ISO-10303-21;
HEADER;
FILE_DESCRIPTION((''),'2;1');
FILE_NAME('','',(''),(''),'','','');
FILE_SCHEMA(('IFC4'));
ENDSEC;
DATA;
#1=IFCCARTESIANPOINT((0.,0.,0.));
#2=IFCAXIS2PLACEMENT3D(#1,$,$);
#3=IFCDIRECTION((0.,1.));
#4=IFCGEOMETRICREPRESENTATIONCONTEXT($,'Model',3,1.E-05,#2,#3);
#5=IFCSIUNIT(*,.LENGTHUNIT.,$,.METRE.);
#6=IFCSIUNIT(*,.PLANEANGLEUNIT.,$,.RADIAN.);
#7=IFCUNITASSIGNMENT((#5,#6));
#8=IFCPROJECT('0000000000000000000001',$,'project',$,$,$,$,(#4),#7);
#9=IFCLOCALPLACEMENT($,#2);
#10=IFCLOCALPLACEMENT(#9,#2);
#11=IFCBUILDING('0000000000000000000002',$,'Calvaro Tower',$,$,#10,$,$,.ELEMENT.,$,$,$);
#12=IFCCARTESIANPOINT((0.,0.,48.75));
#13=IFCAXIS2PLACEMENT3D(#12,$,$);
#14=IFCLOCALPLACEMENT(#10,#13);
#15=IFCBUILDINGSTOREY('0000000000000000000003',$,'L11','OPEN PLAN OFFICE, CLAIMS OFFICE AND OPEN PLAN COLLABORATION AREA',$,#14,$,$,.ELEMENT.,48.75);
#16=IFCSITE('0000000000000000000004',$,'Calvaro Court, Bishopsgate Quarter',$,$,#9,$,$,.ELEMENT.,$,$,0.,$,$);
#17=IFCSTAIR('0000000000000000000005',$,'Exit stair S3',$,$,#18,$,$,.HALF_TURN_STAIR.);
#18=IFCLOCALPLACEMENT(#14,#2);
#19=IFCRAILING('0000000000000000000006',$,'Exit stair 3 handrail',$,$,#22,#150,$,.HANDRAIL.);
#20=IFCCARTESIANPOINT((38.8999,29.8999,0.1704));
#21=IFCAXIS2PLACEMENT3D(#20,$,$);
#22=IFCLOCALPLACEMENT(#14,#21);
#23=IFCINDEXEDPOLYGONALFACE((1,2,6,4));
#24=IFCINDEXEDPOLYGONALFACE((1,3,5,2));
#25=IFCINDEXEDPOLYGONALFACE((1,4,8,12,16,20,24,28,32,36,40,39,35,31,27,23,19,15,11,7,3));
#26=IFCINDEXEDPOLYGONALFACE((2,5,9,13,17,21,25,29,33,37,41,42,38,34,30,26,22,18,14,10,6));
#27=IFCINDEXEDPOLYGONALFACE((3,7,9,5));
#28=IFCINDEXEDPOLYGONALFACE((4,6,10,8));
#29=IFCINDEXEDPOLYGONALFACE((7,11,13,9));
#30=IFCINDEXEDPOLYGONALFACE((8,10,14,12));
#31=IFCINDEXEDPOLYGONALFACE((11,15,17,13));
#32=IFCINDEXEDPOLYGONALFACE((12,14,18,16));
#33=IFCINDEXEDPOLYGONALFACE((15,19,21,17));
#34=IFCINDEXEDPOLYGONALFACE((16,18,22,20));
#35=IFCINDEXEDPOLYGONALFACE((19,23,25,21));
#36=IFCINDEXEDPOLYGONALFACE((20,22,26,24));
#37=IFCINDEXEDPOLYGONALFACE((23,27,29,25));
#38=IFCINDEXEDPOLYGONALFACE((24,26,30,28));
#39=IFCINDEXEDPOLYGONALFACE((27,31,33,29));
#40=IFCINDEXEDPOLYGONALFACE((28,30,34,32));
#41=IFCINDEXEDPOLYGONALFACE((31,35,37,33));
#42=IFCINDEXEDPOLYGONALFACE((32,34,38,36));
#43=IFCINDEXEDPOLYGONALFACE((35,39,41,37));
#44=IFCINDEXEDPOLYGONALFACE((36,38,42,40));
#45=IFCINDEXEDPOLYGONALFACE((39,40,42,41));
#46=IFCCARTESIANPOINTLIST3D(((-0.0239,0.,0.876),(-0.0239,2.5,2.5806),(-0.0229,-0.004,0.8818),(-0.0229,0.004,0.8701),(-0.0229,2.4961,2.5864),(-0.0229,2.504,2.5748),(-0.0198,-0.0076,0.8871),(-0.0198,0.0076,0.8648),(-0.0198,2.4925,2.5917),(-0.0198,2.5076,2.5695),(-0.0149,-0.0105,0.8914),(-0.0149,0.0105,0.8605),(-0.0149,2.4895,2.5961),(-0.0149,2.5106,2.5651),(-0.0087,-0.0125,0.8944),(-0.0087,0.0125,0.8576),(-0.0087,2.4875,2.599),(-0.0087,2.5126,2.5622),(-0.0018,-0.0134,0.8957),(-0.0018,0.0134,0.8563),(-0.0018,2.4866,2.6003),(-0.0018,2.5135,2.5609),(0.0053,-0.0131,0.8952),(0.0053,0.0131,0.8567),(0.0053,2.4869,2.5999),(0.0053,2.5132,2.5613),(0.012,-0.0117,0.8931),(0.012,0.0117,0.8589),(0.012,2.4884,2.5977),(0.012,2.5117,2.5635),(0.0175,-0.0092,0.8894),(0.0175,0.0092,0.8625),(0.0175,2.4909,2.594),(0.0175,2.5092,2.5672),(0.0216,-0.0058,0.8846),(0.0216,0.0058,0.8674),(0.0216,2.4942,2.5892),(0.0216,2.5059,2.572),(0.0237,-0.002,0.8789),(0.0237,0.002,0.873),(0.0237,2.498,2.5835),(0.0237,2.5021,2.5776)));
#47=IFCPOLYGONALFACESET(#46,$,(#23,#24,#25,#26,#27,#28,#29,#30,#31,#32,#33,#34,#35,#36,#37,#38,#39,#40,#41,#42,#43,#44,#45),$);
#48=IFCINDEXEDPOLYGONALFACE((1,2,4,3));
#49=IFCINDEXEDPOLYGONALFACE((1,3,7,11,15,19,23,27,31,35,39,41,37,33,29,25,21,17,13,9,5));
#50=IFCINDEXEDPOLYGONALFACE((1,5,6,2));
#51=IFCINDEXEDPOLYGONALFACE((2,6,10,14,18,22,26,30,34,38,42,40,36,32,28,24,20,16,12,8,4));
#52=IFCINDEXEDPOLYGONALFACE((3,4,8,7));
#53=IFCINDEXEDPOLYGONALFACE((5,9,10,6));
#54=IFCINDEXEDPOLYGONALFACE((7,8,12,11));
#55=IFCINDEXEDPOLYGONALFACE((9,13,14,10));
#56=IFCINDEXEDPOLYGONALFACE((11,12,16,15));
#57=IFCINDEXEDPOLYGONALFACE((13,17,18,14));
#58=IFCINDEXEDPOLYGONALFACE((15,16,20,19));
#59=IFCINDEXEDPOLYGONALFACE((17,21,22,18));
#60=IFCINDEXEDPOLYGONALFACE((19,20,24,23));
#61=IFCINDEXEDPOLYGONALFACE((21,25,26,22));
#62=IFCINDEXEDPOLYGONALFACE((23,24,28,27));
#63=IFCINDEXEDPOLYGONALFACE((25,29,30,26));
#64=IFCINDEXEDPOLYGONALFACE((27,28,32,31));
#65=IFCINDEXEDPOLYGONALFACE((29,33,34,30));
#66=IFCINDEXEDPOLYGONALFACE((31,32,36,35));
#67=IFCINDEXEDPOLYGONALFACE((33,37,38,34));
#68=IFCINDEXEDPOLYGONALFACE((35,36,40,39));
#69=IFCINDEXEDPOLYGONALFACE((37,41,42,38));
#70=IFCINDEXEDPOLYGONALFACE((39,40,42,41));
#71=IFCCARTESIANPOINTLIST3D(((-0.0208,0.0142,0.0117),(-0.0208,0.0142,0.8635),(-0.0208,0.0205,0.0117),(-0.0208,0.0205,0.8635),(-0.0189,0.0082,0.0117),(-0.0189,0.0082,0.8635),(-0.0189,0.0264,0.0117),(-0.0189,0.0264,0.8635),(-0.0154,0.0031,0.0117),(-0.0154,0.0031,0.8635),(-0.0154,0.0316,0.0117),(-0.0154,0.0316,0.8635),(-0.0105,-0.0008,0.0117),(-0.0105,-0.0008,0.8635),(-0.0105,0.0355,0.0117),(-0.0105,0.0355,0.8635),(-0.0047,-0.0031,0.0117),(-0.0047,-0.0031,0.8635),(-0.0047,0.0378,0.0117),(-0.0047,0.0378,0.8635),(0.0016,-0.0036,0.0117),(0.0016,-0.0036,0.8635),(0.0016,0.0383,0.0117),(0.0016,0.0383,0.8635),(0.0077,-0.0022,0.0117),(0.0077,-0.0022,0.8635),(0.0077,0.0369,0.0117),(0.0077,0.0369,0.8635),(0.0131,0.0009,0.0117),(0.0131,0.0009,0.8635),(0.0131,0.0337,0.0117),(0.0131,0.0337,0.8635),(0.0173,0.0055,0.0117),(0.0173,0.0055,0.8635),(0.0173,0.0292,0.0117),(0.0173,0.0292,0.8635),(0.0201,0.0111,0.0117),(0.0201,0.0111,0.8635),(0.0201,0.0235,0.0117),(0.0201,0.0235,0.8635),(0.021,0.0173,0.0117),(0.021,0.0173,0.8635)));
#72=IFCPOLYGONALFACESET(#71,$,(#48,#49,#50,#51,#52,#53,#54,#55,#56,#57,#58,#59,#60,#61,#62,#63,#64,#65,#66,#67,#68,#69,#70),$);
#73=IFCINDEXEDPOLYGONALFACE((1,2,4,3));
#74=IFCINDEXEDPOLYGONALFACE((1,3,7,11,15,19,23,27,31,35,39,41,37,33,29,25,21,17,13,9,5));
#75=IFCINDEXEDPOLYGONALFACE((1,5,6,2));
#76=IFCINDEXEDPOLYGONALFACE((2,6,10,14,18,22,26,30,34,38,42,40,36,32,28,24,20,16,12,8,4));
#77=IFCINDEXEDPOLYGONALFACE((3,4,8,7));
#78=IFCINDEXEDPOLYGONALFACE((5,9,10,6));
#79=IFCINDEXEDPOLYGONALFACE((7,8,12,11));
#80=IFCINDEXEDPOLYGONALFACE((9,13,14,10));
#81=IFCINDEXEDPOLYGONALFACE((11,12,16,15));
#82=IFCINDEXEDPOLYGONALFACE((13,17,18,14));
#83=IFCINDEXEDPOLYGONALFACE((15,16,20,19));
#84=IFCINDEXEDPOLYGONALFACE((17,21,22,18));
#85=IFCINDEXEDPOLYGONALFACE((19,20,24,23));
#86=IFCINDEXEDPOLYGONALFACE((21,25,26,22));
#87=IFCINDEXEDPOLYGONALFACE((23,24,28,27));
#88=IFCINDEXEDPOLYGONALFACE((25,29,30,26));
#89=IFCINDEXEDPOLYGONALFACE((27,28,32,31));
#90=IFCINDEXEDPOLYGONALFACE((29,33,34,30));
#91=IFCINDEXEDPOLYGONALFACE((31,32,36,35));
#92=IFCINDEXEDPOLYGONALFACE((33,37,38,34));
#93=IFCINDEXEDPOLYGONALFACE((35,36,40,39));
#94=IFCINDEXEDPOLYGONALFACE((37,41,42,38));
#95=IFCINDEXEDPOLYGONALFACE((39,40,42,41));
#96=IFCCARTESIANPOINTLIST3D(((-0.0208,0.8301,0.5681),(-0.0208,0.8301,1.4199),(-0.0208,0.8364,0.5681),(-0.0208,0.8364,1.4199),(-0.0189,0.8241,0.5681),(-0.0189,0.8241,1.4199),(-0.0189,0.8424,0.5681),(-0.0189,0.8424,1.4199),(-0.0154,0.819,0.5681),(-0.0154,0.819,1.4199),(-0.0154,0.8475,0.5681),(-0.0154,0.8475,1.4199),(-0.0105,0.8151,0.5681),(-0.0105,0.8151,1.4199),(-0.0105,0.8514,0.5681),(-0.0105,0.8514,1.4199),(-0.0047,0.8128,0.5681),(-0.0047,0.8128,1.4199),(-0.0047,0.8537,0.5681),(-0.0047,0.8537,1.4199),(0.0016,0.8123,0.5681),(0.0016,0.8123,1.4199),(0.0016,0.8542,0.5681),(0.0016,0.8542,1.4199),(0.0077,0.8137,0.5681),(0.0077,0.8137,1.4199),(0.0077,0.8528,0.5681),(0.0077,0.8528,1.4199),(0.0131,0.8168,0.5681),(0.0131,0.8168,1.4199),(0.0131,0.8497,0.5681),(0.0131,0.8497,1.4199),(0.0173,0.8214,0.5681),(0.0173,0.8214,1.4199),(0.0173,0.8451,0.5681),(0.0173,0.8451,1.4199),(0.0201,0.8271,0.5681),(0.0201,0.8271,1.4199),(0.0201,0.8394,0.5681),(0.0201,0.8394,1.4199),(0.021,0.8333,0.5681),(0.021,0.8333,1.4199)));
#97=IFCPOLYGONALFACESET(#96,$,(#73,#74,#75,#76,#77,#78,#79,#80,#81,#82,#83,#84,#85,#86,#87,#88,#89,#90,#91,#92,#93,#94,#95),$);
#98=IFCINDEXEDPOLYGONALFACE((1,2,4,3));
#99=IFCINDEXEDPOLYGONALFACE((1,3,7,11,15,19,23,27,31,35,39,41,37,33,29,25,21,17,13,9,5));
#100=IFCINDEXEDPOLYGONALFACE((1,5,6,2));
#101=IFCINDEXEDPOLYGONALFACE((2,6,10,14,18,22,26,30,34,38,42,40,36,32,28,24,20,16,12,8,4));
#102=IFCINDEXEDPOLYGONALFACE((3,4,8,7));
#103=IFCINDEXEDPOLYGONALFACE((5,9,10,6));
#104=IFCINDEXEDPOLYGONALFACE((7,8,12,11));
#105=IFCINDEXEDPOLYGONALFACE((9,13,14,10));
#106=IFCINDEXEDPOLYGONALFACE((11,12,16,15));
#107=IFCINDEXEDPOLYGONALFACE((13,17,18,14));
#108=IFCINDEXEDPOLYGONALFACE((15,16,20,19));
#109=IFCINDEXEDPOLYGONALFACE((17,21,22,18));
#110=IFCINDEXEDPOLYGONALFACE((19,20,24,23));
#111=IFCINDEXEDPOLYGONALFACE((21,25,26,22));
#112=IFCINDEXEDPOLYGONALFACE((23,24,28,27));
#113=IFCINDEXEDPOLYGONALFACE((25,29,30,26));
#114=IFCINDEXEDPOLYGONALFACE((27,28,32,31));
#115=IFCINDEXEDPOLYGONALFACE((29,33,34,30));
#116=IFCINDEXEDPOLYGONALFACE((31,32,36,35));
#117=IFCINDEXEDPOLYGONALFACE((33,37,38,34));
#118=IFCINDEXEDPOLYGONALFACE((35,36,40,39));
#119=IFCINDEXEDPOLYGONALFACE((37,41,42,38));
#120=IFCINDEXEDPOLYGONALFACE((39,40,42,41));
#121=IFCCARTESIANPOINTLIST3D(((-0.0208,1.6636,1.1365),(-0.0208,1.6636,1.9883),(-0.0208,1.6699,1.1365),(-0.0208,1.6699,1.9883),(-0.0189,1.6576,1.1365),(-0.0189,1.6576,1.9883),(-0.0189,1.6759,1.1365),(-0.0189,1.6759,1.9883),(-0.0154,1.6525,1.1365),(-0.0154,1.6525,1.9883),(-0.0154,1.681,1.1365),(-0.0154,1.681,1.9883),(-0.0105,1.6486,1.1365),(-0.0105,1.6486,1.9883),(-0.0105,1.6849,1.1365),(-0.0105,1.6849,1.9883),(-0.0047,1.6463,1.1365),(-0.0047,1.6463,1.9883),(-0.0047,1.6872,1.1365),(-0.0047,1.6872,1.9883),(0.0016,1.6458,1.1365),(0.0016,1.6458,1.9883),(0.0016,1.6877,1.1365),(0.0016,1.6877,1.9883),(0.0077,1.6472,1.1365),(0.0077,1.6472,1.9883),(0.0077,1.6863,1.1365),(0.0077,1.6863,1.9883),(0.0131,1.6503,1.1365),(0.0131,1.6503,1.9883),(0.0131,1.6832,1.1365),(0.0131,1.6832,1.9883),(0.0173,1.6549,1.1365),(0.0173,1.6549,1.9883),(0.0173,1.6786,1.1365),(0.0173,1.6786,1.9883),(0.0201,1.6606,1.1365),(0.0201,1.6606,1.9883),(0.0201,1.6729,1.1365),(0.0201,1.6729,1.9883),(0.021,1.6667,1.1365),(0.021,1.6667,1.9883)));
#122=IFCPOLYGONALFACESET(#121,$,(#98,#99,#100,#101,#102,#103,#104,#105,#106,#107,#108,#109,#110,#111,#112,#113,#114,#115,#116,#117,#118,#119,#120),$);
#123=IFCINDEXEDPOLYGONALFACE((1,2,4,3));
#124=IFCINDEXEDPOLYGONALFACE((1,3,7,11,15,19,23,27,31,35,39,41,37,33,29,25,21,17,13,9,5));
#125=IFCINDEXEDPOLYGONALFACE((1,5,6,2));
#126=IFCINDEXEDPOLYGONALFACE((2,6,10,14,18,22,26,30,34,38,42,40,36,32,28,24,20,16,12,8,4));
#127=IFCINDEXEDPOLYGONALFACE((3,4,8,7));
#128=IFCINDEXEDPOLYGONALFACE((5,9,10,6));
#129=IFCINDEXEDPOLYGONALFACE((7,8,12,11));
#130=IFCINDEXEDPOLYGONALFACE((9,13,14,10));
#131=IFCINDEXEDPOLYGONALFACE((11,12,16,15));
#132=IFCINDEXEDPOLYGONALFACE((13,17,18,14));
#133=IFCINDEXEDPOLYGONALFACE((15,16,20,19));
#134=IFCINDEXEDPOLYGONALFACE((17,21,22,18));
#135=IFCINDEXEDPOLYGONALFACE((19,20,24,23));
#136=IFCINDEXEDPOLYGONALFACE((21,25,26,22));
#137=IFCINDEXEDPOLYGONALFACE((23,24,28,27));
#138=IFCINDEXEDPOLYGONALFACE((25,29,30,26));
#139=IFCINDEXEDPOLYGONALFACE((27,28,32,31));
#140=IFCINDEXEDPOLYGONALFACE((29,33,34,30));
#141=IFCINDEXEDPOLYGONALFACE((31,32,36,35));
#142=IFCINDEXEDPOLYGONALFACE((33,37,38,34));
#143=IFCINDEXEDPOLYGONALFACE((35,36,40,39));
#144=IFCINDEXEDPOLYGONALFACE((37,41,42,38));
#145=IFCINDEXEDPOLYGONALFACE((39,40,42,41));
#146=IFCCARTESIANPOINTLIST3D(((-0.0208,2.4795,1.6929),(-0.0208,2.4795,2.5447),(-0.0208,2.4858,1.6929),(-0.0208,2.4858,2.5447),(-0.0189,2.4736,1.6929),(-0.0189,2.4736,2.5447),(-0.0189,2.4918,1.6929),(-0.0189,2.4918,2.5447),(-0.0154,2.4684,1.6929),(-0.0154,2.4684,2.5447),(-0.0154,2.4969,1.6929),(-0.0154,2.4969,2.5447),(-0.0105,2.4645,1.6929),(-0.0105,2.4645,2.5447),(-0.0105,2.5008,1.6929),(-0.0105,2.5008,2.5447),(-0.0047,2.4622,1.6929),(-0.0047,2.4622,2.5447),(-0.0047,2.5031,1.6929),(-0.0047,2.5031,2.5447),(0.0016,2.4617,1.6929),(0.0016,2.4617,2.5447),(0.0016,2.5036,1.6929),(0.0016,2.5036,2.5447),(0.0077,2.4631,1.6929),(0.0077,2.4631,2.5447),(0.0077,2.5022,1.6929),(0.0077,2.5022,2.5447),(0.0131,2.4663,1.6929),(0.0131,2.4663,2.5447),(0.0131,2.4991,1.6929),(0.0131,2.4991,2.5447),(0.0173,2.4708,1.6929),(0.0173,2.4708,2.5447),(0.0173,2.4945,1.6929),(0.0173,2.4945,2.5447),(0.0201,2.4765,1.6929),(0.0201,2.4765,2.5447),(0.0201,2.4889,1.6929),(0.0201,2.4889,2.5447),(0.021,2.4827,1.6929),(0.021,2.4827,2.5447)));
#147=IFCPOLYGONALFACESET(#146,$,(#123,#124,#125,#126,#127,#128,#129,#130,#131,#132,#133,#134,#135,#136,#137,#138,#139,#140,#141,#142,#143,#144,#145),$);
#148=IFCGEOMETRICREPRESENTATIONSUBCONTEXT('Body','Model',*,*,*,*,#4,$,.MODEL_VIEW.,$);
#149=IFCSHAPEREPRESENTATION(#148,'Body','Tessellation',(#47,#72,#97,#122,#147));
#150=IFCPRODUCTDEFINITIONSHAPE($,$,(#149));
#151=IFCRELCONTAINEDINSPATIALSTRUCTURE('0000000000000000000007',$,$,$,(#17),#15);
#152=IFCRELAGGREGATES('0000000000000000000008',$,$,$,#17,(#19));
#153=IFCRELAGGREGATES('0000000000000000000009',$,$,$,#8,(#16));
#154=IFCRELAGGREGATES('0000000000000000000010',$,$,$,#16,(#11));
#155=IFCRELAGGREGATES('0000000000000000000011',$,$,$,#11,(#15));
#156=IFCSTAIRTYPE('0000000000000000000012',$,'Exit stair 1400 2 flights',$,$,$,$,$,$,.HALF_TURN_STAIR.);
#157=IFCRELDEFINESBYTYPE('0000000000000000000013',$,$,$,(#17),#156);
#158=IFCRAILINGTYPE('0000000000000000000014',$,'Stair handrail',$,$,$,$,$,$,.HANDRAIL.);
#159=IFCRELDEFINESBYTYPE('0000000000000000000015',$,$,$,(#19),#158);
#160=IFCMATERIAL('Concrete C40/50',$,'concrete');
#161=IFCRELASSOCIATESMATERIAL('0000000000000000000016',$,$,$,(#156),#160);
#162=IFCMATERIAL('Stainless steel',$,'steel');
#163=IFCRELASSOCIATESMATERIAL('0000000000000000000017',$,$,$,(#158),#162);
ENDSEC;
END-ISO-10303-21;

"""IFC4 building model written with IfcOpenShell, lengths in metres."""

from ifc_helpers import new_model, si_unit, direction, frame, origin, origin_2d, place, context, subcontext, project, spatial, circle, extrude, material, type_object, element, aggregate, save


model = new_model("IFC4")

# Units and contexts
model_context = context("Model", 3, precision=1e-05, world=origin(), true_north=direction((0.0, 1.0)))
body_context = subcontext(model_context, "Body", "Model", "MODEL_VIEW")
ifc_project = project(units=[si_unit("LENGTHUNIT", "METRE"), si_unit("PLANEANGLEUNIT", "RADIAN")], contexts=[model_context])

# Site, building, storey
site_placement = place(None, origin())
site = spatial("IfcSite", under=ifc_project, at=site_placement, Name="Calvaro Court, Bishopsgate Quarter", CompositionType="ELEMENT", RefElevation=0.0)
building_placement = place(site_placement, origin())
building = spatial("IfcBuilding", under=site, at=building_placement, Name="Calvaro Tower", CompositionType="ELEMENT")
storey_placement = place(building_placement, frame((0.0, 0.0, 48.75)))
storey = spatial("IfcBuildingStorey", under=building, at=storey_placement, Name="L11", Description="OPEN PLAN OFFICE, CLAIMS OFFICE AND OPEN PLAN COLLABORATION AREA", CompositionType="ELEMENT", Elevation=48.75)

# Stair
ifc_material_1 = material(Name="Concrete C40/50", Category="concrete")
stair_type = type_object("IfcStairType", Name="Exit stair 1400 2 flights", PredefinedType="HALF_TURN_STAIR", material=ifc_material_1)
stair_1_placement = place(storey_placement, origin())
stair_1 = element("IfcStair", 1, at=stair_1_placement, inside=storey, type_object=stair_type, Name="Exit stair S3", PredefinedType="HALF_TURN_STAIR")

# Railing
ifc_material_2 = material(Name="Stainless steel", Category="steel")
railing_type = type_object("IfcRailingType", Name="Stair handrail", PredefinedType="HANDRAIL", material=ifc_material_2)
railing_1_placement = place(storey_placement, frame((38.8999, 29.8999, 0.1704)))
railing_1 = element("IfcRailing", 2, at=railing_1_placement, type_object=railing_type, Name="Exit stair 3 handrail", PredefinedType="HANDRAIL", context=body_context, shape_type="SweptSolid", body=[
    extrude(circle(Radius=0.0239, at=origin_2d()), frame((0.0, 0.0, 0.876), z_axis=(0.0, 0.826221, 0.563347), x_axis=(-1.0, 0.0, 0.0)), (0.0, 0.0, 1.0), 3.0259),
    extrude(circle(Radius=0.021, at=origin_2d()), frame((0.0, 0.0173, 0.0117)), (0.0, 0.0, 1.0), 0.8518),
    extrude(circle(Radius=0.021, at=origin_2d()), frame((0.0, 0.8333, 0.5681)), (0.0, 0.0, 1.0), 0.8518),
    extrude(circle(Radius=0.021, at=origin_2d()), frame((0.0, 1.6667, 1.1365)), (0.0, 0.0, 1.0), 0.8518),
    extrude(circle(Radius=0.021, at=origin_2d()), frame((0.0, 2.4827, 1.6929)), (0.0, 0.0, 1.0), 0.8518),
])
aggregate(stair_1, [railing_1])

save(model, "model.ifc")
